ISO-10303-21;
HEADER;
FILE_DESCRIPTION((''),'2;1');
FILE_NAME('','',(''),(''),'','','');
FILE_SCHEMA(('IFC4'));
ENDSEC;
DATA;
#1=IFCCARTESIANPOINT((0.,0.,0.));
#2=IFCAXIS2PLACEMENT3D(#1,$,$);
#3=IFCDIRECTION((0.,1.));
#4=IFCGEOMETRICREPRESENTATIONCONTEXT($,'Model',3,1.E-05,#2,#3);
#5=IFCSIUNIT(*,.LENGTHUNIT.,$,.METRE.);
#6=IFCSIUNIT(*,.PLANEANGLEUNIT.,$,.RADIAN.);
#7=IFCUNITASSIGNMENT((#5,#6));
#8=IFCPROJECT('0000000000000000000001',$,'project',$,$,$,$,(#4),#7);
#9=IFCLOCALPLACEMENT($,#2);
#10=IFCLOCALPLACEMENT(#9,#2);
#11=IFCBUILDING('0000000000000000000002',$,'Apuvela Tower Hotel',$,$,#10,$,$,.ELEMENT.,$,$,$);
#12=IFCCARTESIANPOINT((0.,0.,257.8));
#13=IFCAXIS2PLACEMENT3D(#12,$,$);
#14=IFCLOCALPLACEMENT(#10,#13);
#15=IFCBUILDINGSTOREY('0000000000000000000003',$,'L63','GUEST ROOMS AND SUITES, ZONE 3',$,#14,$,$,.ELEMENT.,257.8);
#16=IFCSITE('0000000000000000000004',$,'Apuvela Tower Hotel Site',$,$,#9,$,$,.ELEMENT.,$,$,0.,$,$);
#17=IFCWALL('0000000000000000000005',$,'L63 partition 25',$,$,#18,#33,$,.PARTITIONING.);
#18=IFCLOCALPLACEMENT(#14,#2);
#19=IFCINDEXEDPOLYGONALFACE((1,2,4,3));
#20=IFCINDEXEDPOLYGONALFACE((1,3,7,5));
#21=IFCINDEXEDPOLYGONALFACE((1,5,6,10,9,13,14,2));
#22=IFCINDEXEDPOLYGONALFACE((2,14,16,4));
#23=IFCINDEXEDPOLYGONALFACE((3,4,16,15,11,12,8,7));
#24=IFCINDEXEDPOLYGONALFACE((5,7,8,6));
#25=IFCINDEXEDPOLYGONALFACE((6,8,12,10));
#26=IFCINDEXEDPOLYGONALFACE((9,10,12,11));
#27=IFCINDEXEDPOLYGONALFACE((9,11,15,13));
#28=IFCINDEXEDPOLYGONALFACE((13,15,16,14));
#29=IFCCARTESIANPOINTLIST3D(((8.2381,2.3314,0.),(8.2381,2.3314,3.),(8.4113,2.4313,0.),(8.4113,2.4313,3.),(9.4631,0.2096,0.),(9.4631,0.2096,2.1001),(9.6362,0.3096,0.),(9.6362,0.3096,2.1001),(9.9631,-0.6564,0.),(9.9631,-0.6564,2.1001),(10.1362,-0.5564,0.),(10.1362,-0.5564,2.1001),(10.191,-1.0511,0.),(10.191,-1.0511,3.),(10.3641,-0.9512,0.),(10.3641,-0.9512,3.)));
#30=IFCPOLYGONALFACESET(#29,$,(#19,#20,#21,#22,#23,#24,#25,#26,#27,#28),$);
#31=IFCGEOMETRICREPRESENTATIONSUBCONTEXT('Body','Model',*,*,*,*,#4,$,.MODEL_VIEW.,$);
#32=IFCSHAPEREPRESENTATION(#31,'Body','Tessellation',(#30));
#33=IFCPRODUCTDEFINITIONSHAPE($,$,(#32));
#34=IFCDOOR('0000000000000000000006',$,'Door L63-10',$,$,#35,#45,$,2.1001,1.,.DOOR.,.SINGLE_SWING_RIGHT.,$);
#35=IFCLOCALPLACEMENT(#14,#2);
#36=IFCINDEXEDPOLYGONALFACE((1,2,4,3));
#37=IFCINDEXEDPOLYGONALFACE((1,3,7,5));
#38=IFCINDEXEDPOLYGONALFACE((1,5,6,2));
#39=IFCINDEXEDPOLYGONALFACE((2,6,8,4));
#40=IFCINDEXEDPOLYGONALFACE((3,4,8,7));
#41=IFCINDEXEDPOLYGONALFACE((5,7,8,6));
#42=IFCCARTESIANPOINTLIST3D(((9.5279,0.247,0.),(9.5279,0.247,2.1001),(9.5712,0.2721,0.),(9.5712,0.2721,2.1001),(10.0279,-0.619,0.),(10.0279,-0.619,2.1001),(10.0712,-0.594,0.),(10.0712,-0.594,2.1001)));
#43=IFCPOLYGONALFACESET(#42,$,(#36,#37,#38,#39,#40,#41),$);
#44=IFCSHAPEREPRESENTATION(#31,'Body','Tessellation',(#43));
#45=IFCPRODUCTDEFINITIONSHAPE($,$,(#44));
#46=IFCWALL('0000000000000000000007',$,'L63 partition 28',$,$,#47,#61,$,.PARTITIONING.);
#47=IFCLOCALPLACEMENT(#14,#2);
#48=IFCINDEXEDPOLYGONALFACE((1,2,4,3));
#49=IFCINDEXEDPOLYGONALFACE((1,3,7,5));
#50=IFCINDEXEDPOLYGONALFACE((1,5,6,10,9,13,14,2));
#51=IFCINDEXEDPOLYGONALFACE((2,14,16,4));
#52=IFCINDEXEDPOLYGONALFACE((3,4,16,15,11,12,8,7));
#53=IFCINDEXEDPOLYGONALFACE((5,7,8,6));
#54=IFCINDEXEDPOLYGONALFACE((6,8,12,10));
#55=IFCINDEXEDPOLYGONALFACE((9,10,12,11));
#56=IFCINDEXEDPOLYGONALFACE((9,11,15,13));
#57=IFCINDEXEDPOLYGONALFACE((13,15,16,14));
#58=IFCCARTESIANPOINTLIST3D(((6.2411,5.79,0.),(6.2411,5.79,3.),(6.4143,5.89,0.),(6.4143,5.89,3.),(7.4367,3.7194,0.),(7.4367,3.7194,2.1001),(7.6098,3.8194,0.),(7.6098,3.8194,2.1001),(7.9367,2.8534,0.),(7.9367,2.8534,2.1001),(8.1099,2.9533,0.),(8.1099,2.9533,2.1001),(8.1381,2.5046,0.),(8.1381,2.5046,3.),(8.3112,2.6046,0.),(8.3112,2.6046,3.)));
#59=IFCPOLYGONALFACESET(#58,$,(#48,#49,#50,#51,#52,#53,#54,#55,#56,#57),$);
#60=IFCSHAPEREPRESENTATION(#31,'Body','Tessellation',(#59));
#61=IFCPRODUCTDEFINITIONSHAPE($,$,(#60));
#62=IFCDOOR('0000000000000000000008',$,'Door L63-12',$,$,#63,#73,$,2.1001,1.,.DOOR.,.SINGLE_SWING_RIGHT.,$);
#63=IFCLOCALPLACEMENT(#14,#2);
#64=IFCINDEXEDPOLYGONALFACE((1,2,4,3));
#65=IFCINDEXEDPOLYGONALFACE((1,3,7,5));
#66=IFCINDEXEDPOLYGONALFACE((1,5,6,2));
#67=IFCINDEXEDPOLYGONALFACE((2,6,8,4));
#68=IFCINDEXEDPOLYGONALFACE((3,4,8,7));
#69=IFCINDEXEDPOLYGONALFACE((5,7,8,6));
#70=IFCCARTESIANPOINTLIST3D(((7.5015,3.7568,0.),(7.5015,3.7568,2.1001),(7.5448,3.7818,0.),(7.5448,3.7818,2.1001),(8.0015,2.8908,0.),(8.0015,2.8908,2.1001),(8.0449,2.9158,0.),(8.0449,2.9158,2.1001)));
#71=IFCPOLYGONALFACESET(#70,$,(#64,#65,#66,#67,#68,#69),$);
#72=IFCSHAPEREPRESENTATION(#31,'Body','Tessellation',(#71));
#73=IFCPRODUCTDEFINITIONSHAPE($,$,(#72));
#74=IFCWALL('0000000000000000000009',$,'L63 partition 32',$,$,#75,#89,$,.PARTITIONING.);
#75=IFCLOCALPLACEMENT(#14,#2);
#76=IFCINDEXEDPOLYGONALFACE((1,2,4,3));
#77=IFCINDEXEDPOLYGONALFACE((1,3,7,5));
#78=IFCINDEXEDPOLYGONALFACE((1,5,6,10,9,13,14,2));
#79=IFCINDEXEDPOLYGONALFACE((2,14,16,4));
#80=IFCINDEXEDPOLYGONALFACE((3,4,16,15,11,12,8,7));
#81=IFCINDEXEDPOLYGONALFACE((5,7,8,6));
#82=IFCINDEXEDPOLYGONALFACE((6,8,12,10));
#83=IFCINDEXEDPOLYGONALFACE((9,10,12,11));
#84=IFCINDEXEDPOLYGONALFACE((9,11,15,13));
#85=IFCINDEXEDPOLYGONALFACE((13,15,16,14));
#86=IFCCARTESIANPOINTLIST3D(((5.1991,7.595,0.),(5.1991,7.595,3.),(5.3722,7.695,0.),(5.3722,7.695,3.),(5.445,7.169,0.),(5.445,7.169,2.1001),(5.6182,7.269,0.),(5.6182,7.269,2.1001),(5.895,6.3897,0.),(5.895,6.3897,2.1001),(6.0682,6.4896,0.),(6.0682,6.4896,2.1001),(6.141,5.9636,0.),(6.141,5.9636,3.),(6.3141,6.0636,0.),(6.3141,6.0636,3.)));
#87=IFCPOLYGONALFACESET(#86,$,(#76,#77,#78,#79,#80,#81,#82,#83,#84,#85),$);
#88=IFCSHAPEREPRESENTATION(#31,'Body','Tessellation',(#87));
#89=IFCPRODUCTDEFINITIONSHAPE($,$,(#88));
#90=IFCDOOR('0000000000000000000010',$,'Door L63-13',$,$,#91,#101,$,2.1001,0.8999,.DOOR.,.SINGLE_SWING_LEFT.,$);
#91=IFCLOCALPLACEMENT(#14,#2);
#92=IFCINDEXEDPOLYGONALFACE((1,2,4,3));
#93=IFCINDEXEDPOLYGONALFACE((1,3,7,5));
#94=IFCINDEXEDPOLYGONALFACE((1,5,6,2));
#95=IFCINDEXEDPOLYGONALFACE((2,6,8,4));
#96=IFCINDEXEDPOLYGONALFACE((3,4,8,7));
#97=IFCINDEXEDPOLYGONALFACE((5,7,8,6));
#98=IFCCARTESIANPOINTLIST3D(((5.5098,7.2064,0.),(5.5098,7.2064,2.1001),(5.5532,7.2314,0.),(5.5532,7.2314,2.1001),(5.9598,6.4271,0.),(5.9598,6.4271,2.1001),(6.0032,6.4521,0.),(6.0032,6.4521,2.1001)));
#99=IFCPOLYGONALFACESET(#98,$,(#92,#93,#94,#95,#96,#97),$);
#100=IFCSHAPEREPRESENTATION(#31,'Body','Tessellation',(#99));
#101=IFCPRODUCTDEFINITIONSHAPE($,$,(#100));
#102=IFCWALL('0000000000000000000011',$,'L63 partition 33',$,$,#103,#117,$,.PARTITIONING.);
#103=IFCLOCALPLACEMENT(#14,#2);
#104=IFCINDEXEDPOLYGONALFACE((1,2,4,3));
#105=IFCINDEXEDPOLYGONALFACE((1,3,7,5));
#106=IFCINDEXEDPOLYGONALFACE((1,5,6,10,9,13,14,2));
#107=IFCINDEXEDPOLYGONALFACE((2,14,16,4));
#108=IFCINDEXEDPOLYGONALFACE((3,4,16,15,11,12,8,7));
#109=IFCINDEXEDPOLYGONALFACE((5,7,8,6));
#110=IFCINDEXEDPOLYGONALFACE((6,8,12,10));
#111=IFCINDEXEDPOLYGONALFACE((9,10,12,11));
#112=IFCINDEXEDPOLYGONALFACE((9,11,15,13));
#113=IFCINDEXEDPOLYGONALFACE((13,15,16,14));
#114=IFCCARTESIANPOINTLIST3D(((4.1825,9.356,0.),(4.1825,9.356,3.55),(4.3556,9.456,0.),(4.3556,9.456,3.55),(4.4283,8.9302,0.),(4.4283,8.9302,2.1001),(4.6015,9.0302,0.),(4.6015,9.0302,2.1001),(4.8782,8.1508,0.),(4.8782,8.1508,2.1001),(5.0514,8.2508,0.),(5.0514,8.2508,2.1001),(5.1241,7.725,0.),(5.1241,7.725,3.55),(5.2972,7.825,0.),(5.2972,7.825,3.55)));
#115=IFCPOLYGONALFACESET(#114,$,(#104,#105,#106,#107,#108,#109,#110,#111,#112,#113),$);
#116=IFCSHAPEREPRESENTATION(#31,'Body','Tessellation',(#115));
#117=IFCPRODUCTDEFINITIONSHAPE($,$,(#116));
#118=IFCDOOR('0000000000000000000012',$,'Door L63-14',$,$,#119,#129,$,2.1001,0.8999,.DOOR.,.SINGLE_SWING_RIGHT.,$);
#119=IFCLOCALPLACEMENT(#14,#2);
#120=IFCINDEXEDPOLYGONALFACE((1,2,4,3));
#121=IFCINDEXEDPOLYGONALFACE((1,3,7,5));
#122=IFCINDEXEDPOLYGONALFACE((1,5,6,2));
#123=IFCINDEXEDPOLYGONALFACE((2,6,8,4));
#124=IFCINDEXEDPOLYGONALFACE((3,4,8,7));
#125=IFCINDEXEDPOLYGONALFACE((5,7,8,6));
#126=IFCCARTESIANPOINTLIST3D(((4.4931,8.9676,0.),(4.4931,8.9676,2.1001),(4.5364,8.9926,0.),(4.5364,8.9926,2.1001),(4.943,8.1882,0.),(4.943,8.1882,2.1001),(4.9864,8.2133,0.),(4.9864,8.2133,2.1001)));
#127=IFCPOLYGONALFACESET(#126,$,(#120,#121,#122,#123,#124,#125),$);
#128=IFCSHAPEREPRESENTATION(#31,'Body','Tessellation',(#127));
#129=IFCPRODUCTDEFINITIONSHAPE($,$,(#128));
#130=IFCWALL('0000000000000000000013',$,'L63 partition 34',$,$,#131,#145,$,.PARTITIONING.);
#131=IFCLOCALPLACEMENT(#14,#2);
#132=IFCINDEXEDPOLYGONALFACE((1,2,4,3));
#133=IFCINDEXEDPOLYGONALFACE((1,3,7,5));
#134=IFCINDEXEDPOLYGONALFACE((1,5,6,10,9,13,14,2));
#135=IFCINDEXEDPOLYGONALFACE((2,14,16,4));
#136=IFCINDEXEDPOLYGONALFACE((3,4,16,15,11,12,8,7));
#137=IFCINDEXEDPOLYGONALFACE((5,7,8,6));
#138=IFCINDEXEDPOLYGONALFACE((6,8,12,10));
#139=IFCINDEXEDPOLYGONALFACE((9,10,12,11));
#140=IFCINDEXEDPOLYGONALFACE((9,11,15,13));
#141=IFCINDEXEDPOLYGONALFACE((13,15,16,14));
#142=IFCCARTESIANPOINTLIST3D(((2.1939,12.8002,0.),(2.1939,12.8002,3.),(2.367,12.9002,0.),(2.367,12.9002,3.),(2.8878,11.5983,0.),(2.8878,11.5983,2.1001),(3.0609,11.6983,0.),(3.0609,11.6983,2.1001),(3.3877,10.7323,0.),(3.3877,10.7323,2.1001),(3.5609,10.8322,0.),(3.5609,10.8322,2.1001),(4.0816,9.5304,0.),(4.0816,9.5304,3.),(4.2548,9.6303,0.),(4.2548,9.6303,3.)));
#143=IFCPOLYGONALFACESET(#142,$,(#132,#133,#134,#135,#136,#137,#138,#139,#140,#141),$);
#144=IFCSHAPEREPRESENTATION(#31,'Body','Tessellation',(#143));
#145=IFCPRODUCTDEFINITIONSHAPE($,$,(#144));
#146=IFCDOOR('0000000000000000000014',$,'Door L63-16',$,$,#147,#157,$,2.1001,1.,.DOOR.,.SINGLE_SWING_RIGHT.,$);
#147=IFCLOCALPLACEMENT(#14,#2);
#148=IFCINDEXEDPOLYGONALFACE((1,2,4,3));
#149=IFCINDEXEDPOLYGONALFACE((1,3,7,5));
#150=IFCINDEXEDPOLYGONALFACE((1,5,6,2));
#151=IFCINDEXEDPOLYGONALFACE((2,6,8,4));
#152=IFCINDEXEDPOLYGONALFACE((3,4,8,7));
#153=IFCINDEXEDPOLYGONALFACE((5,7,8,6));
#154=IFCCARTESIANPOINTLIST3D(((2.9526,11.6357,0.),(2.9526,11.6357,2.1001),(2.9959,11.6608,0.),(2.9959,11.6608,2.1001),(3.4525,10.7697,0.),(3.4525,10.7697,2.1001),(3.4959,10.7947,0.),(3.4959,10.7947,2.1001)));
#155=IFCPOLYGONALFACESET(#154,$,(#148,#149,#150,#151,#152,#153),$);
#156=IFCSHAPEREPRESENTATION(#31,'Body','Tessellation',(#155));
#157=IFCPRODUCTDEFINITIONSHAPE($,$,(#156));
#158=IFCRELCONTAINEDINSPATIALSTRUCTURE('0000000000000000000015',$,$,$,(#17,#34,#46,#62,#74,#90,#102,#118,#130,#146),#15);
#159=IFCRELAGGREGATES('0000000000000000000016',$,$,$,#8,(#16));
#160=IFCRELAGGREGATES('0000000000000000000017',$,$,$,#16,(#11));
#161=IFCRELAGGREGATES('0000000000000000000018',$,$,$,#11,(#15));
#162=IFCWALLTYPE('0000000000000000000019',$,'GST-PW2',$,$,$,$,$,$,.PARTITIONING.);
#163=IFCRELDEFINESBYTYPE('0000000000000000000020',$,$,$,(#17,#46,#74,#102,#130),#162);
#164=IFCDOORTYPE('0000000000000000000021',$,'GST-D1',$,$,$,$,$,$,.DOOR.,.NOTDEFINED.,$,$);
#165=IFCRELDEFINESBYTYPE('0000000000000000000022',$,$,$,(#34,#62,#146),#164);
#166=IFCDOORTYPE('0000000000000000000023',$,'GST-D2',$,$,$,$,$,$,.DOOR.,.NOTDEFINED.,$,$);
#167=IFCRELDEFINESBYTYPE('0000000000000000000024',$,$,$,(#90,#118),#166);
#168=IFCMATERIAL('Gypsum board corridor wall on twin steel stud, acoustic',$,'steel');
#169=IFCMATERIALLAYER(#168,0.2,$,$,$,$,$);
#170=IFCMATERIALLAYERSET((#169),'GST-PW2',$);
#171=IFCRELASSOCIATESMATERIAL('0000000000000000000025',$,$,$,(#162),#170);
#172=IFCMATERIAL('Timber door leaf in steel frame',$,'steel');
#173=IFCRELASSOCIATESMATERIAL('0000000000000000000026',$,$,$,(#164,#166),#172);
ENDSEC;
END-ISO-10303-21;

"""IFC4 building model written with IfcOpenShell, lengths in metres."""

from ifc_helpers import new_model, si_unit, direction, frame, frame_2d, origin, place, context, subcontext, project, spatial, rectangle, extrude, material, layer, layer_set, type_object, element, fill, save


model = new_model("IFC4")

# Units and contexts
model_context = context("Model", 3, precision=1e-05, world=origin(), true_north=direction((0.0, 1.0)))
body_context = subcontext(model_context, "Body", "Model", "MODEL_VIEW")
ifc_project = project(units=[si_unit("LENGTHUNIT", "METRE"), si_unit("PLANEANGLEUNIT", "RADIAN")], contexts=[model_context])

# Site, building, storey
site_placement = place(None, origin())
site = spatial("IfcSite", under=ifc_project, at=site_placement, Name="Apuvela Tower Hotel Site", CompositionType="ELEMENT", RefElevation=0.0)
building_placement = place(site_placement, origin())
building = spatial("IfcBuilding", under=site, at=building_placement, Name="Apuvela Tower Hotel", CompositionType="ELEMENT")
storey_placement = place(building_placement, frame((0.0, 0.0, 257.8)))
storey = spatial("IfcBuildingStorey", under=building, at=storey_placement, Name="L63", Description="GUEST ROOMS AND SUITES, ZONE 3", CompositionType="ELEMENT", Elevation=257.8)

# Walls, openings, doors
ifc_material_1 = material(Name="Gypsum board corridor wall on twin steel stud, acoustic", Category="steel")
ifc_layer_1 = layer(ifc_material_1, 0.2)
ifc_layer_set_1 = layer_set([ifc_layer_1], Name="GST-PW2")
wall_type_1 = type_object("IfcWallType", Name="GST-PW2", PredefinedType="PARTITIONING", material=ifc_layer_set_1)
wall_1_placement = place(storey_placement, frame((8.3247, 2.3813, 0.0), z_axis=(0.0, 0.0, 1.0), x_axis=(0.499991, -0.86603, 0.0)))
wall_1 = element("IfcWall", 1, at=wall_1_placement, inside=storey, type_object=wall_type_1, Name="L63 partition 25", PredefinedType="PARTITIONING", context=body_context, shape_type="SweptSolid", body=[
    extrude(rectangle(XDim=3.9058, YDim=0.2, at=frame_2d((1.9529, 0.0))), origin(), (0.0, 0.0, 1.0), 3.0),
])
opening_1_placement = place(wall_1_placement, frame((2.45, 0.0, 0.0)))
opening_1 = element("IfcOpeningElement", 2, at=opening_1_placement, cuts=wall_1, PredefinedType="OPENING", context=body_context, shape_type="SweptSolid", body=[
    extrude(rectangle(XDim=1.0, YDim=2.1001, at=frame_2d((0.5, 1.05))), frame((0.0, 0.1099, 0.0), z_axis=(0.0, -1.0, 0.0), x_axis=(1.0, 0.0, 0.0)), (0.0, 0.0, 1.0), 0.22),
])
ifc_material_2 = material(Name="Timber door leaf in steel frame", Category="steel")
door_type_1 = type_object("IfcDoorType", Name="GST-D1", OperationType="NOTDEFINED", PredefinedType="DOOR", material=ifc_material_2)
door_1_placement = place(opening_1_placement, origin())
door_1 = element("IfcDoor", 3, at=door_1_placement, inside=storey, type_object=door_type_1, Name="Door L63-10", OperationType="SINGLE_SWING_RIGHT", OverallHeight=2.1001, OverallWidth=1.0, PredefinedType="DOOR", context=body_context, shape_type="SweptSolid", body=[
    extrude(rectangle(XDim=1.0, YDim=2.1001, at=frame_2d((0.5, 1.05))), frame((0.0, 0.0249, 0.0), z_axis=(0.0, -1.0, 0.0), x_axis=(1.0, 0.0, 0.0)), (0.0, 0.0, 1.0), 0.05),
])
fill(opening_1, door_1)
wall_2_placement = place(storey_placement, frame((6.3276, 5.8401, 0.0), z_axis=(0.0, 0.0, 1.0), x_axis=(0.500029, -0.866009, 0.0)))
wall_2 = element("IfcWall", 4, at=wall_2_placement, inside=storey, type_object=wall_type_1, Name="L63 partition 28", PredefinedType="PARTITIONING", context=body_context, shape_type="SweptSolid", body=[
    extrude(rectangle(XDim=3.7937, YDim=0.2, at=frame_2d((1.897, 0.0))), origin(), (0.0, 0.0, 1.0), 3.0),
])
opening_2_placement = place(wall_2_placement, frame((2.3911, 0.0, 0.0)))
opening_2 = element("IfcOpeningElement", 5, at=opening_2_placement, cuts=wall_2, PredefinedType="OPENING", context=body_context, shape_type="SweptSolid", body=[
    extrude(rectangle(XDim=1.0, YDim=2.1001, at=frame_2d((0.5, 1.05))), frame((0.0, 0.1099, 0.0), z_axis=(0.0, -1.0, 0.0), x_axis=(1.0, 0.0, 0.0)), (0.0, 0.0, 1.0), 0.22),
])
door_2_placement = place(opening_2_placement, origin())
door_2 = element("IfcDoor", 6, at=door_2_placement, inside=storey, type_object=door_type_1, Name="Door L63-12", OperationType="SINGLE_SWING_RIGHT", OverallHeight=2.1001, OverallWidth=1.0, PredefinedType="DOOR", context=body_context, shape_type="SweptSolid", body=[
    extrude(rectangle(XDim=1.0, YDim=2.1001, at=frame_2d((0.5, 1.05))), frame((0.0, 0.0249, 0.0), z_axis=(0.0, -1.0, 0.0), x_axis=(1.0, 0.0, 0.0)), (0.0, 0.0, 1.0), 0.05),
])
fill(opening_2, door_2)
wall_3_placement = place(storey_placement, frame((5.2856, 7.645, 0.0), z_axis=(0.0, 0.0, 1.0), x_axis=(0.500014, -0.866017, 0.0)))
wall_3 = element("IfcWall", 7, at=wall_3_placement, inside=storey, type_object=wall_type_1, Name="L63 partition 32", PredefinedType="PARTITIONING", context=body_context, shape_type="SweptSolid", body=[
    extrude(rectangle(XDim=1.8838, YDim=0.2, at=frame_2d((0.9419, 0.0))), origin(), (0.0, 0.0, 1.0), 3.0),
])
opening_3_placement = place(wall_3_placement, frame((0.4919, 0.0, 0.0)))
opening_3 = element("IfcOpeningElement", 8, at=opening_3_placement, cuts=wall_3, PredefinedType="OPENING", context=body_context, shape_type="SweptSolid", body=[
    extrude(rectangle(XDim=0.8999, YDim=2.1001, at=frame_2d((0.45, 1.05))), frame((0.0, 0.1099, 0.0), z_axis=(0.0, -1.0, 0.0), x_axis=(1.0, 0.0, 0.0)), (0.0, 0.0, 1.0), 0.22),
])
door_type_2 = type_object("IfcDoorType", Name="GST-D2", OperationType="NOTDEFINED", PredefinedType="DOOR", material=ifc_material_2)
door_3_placement = place(opening_3_placement, origin())
door_3 = element("IfcDoor", 9, at=door_3_placement, inside=storey, type_object=door_type_2, Name="Door L63-13", OperationType="SINGLE_SWING_LEFT", OverallHeight=2.1001, OverallWidth=0.8999, PredefinedType="DOOR", context=body_context, shape_type="SweptSolid", body=[
    extrude(rectangle(XDim=0.8999, YDim=2.1001, at=frame_2d((0.45, 1.05))), frame((0.0, 0.0249, 0.0), z_axis=(0.0, -1.0, 0.0), x_axis=(1.0, 0.0, 0.0)), (0.0, 0.0, 1.0), 0.05),
])
fill(opening_3, door_3)
wall_4_placement = place(storey_placement, frame((4.269, 9.406, 0.0), z_axis=(0.0, 0.0, 1.0), x_axis=(0.499973, -0.866041, 0.0)))
wall_4 = element("IfcWall", 10, at=wall_4_placement, inside=storey, type_object=wall_type_1, Name="L63 partition 33", PredefinedType="PARTITIONING", context=body_context, shape_type="SweptSolid", body=[
    extrude(rectangle(XDim=1.8833, YDim=0.2, at=frame_2d((0.9417, 0.0))), origin(), (0.0, 0.0, 1.0), 3.55),
])
opening_4_placement = place(wall_4_placement, frame((0.4917, 0.0, 0.0)))
opening_4 = element("IfcOpeningElement", 11, at=opening_4_placement, cuts=wall_4, PredefinedType="OPENING", context=body_context, shape_type="SweptSolid", body=[
    extrude(rectangle(XDim=0.8999, YDim=2.1001, at=frame_2d((0.45, 1.05))), frame((0.0, 0.1099, 0.0), z_axis=(0.0, -1.0, 0.0), x_axis=(1.0, 0.0, 0.0)), (0.0, 0.0, 1.0), 0.22),
])
door_4_placement = place(opening_4_placement, origin())
door_4 = element("IfcDoor", 12, at=door_4_placement, inside=storey, type_object=door_type_2, Name="Door L63-14", OperationType="SINGLE_SWING_RIGHT", OverallHeight=2.1001, OverallWidth=0.8999, PredefinedType="DOOR", context=body_context, shape_type="SweptSolid", body=[
    extrude(rectangle(XDim=0.8999, YDim=2.1001, at=frame_2d((0.45, 1.05))), frame((0.0, 0.0249, 0.0), z_axis=(0.0, -1.0, 0.0), x_axis=(1.0, 0.0, 0.0)), (0.0, 0.0, 1.0), 0.05),
])
fill(opening_4, door_4)
wall_5_placement = place(storey_placement, frame((2.2805, 12.8501, 0.0), z_axis=(0.0, 0.0, 1.0), x_axis=(0.499978, -0.866038, 0.0)))
wall_5 = element("IfcWall", 13, at=wall_5_placement, inside=storey, type_object=wall_type_1, Name="L63 partition 34", PredefinedType="PARTITIONING", context=body_context, shape_type="SweptSolid", body=[
    extrude(rectangle(XDim=3.7756, YDim=0.2, at=frame_2d((1.8877, 0.0))), origin(), (0.0, 0.0, 1.0), 3.0),
])
opening_5_placement = place(wall_5_placement, frame((1.3877, 0.0, 0.0)))
opening_5 = element("IfcOpeningElement", 14, at=opening_5_placement, cuts=wall_5, PredefinedType="OPENING", context=body_context, shape_type="SweptSolid", body=[
    extrude(rectangle(XDim=1.0, YDim=2.1001, at=frame_2d((0.5, 1.05))), frame((0.0, 0.1099, 0.0), z_axis=(0.0, -1.0, 0.0), x_axis=(1.0, 0.0, 0.0)), (0.0, 0.0, 1.0), 0.22),
])
door_5_placement = place(opening_5_placement, origin())
door_5 = element("IfcDoor", 15, at=door_5_placement, inside=storey, type_object=door_type_1, Name="Door L63-16", OperationType="SINGLE_SWING_RIGHT", OverallHeight=2.1001, OverallWidth=1.0, PredefinedType="DOOR", context=body_context, shape_type="SweptSolid", body=[
    extrude(rectangle(XDim=1.0, YDim=2.1001, at=frame_2d((0.5, 1.05))), frame((0.0, 0.0249, 0.0), z_axis=(0.0, -1.0, 0.0), x_axis=(1.0, 0.0, 0.0)), (0.0, 0.0, 1.0), 0.05),
])
fill(opening_5, door_5)

save(model, "model.ifc")
